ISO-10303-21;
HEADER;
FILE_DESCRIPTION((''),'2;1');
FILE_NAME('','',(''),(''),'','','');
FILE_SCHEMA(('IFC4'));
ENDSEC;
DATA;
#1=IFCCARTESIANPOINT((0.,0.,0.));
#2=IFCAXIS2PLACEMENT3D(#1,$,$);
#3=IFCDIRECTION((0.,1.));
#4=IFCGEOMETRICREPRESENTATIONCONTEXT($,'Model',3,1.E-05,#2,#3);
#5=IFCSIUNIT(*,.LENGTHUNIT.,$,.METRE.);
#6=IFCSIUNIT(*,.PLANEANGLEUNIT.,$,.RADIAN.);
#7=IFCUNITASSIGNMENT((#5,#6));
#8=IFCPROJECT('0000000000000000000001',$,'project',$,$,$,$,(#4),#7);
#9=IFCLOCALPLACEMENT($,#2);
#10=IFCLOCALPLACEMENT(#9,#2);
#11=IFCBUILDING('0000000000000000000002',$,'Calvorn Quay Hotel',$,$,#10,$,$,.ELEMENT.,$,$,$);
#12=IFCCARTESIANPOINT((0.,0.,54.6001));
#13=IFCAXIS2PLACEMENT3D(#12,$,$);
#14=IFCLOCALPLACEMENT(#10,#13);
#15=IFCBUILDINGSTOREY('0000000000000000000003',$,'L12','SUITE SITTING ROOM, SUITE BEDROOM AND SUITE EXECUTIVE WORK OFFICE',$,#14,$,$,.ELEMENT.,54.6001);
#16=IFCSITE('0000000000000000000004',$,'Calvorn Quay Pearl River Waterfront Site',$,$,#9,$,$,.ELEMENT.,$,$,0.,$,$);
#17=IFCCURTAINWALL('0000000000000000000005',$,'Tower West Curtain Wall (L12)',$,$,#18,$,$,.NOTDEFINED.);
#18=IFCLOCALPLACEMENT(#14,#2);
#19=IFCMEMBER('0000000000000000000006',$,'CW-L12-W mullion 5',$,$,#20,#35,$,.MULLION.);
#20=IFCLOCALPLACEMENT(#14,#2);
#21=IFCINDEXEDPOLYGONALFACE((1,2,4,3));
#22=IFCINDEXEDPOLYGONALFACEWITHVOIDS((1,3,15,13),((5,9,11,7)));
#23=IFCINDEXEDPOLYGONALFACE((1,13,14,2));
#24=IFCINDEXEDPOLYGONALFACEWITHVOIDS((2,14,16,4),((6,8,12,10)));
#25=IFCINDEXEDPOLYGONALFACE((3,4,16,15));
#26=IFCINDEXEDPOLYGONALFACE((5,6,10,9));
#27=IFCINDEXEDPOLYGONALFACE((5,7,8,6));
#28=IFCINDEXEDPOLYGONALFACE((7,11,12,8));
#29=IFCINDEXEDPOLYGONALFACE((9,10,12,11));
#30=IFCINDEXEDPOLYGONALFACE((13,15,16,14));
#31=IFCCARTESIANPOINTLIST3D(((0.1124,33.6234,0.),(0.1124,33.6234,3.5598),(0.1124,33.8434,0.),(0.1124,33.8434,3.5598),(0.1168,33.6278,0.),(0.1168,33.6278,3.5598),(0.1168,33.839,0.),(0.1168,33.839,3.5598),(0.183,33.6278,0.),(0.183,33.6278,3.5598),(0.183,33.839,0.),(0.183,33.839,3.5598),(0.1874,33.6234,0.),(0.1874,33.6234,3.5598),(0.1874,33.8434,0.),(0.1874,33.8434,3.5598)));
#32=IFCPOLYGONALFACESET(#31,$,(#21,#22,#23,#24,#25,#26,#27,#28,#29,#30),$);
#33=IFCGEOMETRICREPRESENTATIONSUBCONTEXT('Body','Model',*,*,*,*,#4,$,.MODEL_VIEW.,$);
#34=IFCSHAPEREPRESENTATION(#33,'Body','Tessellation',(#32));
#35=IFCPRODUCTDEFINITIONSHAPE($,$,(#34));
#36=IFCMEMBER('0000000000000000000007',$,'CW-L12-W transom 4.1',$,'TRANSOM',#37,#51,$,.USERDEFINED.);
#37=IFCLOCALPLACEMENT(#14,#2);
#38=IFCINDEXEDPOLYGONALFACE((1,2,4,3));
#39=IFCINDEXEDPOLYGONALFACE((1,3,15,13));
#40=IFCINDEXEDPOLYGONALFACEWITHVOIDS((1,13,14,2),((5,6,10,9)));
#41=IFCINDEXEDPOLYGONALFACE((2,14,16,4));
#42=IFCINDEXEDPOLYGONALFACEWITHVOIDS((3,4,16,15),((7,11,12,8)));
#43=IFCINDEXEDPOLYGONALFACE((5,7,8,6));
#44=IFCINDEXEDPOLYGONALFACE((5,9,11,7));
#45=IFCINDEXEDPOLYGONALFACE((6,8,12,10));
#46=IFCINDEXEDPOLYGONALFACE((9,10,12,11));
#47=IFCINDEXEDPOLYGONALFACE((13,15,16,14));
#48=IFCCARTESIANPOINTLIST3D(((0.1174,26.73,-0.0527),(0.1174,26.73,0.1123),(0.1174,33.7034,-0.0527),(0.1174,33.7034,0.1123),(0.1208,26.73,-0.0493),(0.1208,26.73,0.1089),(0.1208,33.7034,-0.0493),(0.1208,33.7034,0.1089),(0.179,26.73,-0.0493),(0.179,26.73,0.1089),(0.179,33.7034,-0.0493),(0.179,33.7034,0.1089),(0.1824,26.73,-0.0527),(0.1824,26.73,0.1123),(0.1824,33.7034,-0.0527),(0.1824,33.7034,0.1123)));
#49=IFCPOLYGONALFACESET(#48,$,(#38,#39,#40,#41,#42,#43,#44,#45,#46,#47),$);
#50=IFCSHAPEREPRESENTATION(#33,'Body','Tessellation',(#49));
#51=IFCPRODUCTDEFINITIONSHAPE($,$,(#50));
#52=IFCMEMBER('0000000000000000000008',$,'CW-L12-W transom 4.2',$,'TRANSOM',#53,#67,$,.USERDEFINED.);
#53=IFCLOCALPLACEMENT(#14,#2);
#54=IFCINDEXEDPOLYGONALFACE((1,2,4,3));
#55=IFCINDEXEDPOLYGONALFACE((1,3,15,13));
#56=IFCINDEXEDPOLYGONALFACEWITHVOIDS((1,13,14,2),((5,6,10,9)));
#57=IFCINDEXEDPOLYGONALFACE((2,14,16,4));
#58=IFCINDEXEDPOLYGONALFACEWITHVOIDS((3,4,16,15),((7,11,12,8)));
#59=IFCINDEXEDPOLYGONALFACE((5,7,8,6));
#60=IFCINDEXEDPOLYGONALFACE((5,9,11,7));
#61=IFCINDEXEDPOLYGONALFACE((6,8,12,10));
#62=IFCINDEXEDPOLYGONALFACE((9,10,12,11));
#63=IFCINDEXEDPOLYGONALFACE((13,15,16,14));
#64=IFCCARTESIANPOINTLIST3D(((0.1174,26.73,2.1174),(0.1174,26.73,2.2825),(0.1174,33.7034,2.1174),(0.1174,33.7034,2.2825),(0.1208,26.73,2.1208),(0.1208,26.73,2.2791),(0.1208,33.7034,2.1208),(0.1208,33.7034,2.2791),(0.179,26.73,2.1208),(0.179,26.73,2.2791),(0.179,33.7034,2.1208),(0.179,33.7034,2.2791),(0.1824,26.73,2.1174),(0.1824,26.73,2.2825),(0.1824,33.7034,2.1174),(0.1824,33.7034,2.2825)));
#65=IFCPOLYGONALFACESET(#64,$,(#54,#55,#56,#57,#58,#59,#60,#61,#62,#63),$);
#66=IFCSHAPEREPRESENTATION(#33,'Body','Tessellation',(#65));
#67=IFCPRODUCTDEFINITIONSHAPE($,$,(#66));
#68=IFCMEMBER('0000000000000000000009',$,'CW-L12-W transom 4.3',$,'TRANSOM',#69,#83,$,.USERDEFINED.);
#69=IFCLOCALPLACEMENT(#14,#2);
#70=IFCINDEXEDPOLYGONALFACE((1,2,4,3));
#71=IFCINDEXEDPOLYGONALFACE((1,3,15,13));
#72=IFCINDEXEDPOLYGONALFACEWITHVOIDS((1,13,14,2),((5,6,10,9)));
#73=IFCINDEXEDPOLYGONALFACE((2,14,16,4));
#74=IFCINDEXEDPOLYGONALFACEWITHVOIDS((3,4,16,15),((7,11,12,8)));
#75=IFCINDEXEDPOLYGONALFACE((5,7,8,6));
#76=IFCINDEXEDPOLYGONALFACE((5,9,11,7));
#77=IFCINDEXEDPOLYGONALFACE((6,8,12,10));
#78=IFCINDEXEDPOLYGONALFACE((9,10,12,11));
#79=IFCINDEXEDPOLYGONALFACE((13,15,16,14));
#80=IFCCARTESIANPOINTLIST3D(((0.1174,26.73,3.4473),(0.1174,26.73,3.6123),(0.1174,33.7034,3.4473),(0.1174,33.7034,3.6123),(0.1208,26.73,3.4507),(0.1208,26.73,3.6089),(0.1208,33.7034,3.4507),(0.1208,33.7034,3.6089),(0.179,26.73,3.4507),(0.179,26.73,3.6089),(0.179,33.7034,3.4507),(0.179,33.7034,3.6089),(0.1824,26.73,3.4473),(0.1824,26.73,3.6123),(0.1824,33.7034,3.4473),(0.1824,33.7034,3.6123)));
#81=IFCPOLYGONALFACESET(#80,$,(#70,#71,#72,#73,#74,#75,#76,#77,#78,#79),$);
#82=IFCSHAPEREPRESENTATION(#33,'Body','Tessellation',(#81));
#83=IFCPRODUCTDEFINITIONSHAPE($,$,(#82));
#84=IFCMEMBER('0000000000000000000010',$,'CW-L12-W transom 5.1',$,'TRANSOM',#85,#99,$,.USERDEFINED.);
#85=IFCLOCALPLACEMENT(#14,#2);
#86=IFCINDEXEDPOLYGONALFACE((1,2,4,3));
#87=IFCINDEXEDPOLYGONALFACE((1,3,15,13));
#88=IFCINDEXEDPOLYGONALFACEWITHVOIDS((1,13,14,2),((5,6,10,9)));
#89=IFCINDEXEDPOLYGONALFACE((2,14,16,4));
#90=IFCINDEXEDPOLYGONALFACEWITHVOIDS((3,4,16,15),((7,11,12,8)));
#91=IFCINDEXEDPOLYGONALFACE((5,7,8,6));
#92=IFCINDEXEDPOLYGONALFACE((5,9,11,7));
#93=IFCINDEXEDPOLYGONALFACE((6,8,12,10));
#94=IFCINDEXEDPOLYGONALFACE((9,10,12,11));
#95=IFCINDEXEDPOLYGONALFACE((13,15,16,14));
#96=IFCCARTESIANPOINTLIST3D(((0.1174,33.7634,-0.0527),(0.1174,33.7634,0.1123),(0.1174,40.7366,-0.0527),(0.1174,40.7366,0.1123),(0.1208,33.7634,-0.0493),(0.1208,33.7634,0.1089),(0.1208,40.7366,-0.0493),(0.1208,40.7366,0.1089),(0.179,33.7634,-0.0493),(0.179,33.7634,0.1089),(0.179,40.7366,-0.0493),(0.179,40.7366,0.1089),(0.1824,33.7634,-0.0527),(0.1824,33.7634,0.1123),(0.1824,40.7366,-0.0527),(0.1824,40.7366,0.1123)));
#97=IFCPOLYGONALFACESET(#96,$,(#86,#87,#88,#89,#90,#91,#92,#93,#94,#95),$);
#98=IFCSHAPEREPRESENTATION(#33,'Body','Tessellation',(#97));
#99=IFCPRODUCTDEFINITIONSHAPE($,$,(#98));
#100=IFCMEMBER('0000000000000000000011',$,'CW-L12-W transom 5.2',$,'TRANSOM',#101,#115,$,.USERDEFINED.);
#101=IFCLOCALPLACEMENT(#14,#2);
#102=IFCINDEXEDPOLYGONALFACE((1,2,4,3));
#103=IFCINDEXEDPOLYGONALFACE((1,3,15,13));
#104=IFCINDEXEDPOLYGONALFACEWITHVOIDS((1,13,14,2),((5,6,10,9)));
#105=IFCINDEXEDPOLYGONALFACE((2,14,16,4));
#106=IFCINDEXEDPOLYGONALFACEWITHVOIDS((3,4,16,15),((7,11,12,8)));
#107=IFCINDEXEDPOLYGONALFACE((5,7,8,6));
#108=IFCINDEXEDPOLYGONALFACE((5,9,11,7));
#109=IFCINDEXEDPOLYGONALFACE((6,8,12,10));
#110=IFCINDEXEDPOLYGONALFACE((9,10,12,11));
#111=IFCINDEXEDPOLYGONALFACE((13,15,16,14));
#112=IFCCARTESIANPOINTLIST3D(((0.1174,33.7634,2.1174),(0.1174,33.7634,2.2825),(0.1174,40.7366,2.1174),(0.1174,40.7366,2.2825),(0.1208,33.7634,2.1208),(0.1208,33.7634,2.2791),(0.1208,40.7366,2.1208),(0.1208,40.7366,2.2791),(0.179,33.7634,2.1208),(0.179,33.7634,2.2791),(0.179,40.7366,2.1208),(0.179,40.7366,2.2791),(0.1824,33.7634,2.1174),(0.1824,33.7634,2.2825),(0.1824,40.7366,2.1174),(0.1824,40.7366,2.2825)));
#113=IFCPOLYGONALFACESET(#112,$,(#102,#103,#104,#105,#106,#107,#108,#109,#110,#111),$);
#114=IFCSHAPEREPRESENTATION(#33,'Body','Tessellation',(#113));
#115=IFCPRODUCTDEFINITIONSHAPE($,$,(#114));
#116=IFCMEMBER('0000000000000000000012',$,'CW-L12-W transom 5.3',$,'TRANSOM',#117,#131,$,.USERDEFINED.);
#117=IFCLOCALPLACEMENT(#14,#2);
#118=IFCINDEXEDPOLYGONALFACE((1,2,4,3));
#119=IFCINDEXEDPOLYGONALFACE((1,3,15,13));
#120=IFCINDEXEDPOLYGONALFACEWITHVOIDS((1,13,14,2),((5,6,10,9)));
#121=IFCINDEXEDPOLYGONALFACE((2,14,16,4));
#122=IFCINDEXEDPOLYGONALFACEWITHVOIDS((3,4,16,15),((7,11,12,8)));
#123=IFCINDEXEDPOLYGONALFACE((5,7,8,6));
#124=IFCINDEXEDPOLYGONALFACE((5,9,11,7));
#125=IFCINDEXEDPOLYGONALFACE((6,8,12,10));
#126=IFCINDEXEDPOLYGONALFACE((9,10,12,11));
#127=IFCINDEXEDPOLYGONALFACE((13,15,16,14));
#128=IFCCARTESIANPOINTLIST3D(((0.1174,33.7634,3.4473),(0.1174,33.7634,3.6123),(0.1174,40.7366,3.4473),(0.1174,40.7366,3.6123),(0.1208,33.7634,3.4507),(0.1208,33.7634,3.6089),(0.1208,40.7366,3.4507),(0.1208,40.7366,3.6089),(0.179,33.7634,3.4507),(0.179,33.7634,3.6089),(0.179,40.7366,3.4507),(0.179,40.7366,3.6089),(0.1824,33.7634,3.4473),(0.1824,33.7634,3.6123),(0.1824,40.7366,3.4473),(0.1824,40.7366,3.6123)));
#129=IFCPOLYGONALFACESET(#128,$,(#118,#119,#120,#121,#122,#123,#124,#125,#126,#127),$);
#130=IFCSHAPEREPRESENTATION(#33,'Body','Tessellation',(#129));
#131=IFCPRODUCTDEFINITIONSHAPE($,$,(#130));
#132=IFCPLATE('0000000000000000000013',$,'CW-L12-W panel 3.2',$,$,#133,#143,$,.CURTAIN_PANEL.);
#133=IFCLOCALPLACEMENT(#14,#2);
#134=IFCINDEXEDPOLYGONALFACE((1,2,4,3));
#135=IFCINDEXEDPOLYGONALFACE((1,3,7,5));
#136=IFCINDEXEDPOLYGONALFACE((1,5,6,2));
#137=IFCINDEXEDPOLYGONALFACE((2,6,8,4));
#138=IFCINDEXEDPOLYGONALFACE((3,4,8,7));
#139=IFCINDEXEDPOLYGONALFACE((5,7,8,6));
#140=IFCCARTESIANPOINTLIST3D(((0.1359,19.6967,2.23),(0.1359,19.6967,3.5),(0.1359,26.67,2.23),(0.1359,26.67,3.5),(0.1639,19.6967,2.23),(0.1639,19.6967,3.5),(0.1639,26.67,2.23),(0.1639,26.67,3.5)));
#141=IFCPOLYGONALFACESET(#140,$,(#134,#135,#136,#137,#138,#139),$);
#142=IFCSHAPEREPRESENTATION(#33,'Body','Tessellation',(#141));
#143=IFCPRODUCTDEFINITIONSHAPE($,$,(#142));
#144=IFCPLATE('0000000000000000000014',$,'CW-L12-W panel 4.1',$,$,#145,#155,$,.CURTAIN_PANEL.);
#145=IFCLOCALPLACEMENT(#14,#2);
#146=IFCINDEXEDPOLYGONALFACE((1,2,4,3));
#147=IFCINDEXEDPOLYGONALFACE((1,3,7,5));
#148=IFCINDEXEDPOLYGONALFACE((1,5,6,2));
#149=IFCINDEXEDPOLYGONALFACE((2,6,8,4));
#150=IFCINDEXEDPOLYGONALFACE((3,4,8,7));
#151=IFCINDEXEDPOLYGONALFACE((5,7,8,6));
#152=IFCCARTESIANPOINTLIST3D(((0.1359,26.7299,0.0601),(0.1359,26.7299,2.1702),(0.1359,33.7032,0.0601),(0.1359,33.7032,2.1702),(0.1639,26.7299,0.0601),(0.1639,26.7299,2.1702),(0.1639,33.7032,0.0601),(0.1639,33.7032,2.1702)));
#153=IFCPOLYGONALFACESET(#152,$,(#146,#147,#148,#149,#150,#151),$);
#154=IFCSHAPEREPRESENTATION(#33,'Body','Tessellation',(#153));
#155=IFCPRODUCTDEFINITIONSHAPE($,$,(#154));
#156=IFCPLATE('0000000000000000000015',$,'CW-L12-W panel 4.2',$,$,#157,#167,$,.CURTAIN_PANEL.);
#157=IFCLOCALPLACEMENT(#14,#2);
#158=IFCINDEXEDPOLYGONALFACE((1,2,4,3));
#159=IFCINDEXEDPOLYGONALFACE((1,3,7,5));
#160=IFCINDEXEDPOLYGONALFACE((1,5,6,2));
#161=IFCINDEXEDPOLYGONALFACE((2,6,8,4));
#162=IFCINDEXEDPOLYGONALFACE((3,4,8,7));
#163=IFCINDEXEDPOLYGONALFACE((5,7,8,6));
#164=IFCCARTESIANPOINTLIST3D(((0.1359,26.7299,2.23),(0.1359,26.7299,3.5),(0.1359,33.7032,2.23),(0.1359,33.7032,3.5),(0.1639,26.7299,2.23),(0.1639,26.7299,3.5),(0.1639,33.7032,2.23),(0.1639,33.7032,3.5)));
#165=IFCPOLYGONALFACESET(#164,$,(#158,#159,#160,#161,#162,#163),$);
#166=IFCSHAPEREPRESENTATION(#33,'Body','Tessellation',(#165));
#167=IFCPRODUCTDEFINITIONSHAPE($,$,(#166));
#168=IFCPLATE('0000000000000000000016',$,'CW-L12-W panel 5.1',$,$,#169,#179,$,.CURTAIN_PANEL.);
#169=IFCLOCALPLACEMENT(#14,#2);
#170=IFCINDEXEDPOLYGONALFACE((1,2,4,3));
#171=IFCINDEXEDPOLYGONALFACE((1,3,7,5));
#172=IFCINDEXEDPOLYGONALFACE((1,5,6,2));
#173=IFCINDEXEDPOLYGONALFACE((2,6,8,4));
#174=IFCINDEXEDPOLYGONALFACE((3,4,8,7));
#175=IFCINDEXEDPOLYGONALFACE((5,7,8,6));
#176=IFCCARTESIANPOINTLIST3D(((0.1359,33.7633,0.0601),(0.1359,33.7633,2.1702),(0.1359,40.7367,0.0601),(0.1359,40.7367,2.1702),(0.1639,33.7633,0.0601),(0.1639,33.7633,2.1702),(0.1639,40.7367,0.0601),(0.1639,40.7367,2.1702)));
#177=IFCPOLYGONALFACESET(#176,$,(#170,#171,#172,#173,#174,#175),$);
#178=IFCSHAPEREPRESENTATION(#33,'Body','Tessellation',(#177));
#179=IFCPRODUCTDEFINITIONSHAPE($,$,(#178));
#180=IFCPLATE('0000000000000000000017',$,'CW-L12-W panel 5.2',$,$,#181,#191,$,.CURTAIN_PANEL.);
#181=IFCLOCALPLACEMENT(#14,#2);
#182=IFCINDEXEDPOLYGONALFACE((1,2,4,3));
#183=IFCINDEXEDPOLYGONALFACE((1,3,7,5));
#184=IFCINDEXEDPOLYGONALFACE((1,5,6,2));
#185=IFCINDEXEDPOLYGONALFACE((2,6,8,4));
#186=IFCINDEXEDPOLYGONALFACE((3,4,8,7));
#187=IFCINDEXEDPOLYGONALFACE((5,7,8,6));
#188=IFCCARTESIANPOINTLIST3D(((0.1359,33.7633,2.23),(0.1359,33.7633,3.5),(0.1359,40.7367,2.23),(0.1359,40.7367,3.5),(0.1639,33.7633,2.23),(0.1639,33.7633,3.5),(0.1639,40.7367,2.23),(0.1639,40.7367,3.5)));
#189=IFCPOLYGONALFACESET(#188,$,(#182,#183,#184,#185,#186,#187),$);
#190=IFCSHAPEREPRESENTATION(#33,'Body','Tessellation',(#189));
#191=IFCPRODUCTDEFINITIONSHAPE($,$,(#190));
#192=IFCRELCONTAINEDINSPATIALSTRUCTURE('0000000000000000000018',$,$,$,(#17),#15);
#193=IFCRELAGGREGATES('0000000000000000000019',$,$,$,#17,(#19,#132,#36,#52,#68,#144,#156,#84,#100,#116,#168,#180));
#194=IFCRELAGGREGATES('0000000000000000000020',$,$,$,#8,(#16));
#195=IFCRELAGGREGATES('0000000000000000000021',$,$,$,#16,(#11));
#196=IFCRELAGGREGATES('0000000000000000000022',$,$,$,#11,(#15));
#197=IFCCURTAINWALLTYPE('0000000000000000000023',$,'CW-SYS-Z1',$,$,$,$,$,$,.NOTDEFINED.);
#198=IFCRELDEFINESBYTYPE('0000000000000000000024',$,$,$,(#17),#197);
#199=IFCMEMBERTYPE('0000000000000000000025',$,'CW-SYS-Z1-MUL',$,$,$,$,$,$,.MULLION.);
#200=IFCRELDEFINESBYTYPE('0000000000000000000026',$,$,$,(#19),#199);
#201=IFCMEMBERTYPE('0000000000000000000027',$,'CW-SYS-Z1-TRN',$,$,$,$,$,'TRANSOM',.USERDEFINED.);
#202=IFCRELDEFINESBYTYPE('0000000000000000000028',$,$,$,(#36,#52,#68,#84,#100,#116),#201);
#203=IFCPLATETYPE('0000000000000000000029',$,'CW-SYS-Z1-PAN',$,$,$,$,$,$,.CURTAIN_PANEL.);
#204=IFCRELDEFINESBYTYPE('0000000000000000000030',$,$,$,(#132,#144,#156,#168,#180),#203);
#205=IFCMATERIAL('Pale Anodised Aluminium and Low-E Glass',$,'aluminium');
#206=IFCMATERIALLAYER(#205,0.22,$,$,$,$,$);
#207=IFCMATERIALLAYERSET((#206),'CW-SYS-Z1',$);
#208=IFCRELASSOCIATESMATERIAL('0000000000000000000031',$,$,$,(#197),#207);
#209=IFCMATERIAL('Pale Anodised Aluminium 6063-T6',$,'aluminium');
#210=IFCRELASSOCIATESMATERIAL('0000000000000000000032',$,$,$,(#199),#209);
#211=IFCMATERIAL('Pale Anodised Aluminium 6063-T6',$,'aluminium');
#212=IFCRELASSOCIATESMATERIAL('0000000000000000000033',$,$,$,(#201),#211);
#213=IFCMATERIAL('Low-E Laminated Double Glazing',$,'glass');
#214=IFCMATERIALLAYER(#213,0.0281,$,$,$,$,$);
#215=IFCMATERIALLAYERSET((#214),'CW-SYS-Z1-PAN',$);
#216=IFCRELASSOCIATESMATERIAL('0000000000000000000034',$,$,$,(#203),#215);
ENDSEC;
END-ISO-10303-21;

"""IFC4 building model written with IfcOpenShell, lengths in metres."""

from ifc_helpers import new_model, si_unit, direction, frame, origin, origin_2d, place, context, subcontext, project, spatial, rectangle, hollow_rectangle, extrude, material, layer, layer_set, material_profile, profile_set, type_object, element, aggregate, save


model = new_model("IFC4")

# Units and contexts
model_context = context("Model", 3, precision=1e-05, world=origin(), true_north=direction((0.0, 1.0)))
body_context = subcontext(model_context, "Body", "Model", "MODEL_VIEW")
ifc_project = project(units=[si_unit("LENGTHUNIT", "METRE"), si_unit("PLANEANGLEUNIT", "RADIAN")], contexts=[model_context])

# Site, building, storey
site_placement = place(None, origin())
site = spatial("IfcSite", under=ifc_project, at=site_placement, Name="Calvorn Quay Pearl River Waterfront Site", CompositionType="ELEMENT", RefElevation=0.0)
building_placement = place(site_placement, origin())
building = spatial("IfcBuilding", under=site, at=building_placement, Name="Calvorn Quay Hotel", CompositionType="ELEMENT")
storey_placement = place(building_placement, frame((0.0, 0.0, 54.6001)))
storey = spatial("IfcBuildingStorey", under=building, at=storey_placement, Name="L12", Description="SUITE SITTING ROOM, SUITE BEDROOM AND SUITE EXECUTIVE WORK OFFICE", CompositionType="ELEMENT", Elevation=54.6001)

# Curtain wall, members, plates
ifc_material_1 = material(Name="Pale Anodised Aluminium and Low-E Glass", Category="aluminium")
ifc_layer_1 = layer(ifc_material_1, 0.22)
ifc_layer_set_1 = layer_set([ifc_layer_1], Name="CW-SYS-Z1")
curtain_wall_type = type_object("IfcCurtainWallType", Name="CW-SYS-Z1", PredefinedType="NOTDEFINED", material=ifc_layer_set_1)
curtain_wall_placement = place(storey_placement, origin())
curtain_wall = element("IfcCurtainWall", 1, at=curtain_wall_placement, inside=storey, type_object=curtain_wall_type, Name="Tower West Curtain Wall (L12)", PredefinedType="NOTDEFINED")
ifc_material_2 = material(Name="Pale Anodised Aluminium 6063-T6", Category="aluminium")
ifc_material_profile_1 = material_profile(ifc_material_2, hollow_rectangle(XDim=0.075, YDim=0.22, WallThickness=0.0044, at=origin_2d()), Name="ALU-M220x75x4.5")
ifc_profile_set_1 = profile_set([ifc_material_profile_1], Name="Pale Anodised Aluminium 6063-T6")
member_type_1 = type_object("IfcMemberType", Name="CW-SYS-Z1-MUL", PredefinedType="MULLION", material=ifc_profile_set_1)
member_1_placement = place(storey_placement, frame((0.1499, 33.7334, 0.0), z_axis=(0.0, 0.0, 1.0), x_axis=(-1.0, 0.0, 0.0)))
member_1 = element("IfcMember", 2, at=member_1_placement, type_object=member_type_1, Name="CW-L12-W mullion 5", PredefinedType="MULLION", context=body_context, shape_type="SweptSolid", body=[
    extrude(hollow_rectangle(XDim=0.075, YDim=0.22, WallThickness=0.0044, at=origin_2d()), origin(), (0.0, 0.0, 1.0), 3.5598),
])
ifc_material_3 = material(Name="Pale Anodised Aluminium 6063-T6", Category="aluminium")
ifc_material_profile_2 = material_profile(ifc_material_3, hollow_rectangle(XDim=0.0649, YDim=0.165, WallThickness=0.0034, at=origin_2d()), Name="ALU-T165x65x3.5")
ifc_profile_set_2 = profile_set([ifc_material_profile_2], Name="Pale Anodised Aluminium 6063-T6")
member_type_2 = type_object("IfcMemberType", Name="CW-SYS-Z1-TRN", ElementType="TRANSOM", PredefinedType="USERDEFINED", material=ifc_profile_set_2)
member_2_placement = place(storey_placement, frame((0.1499, 26.73, 0.0298), z_axis=(0.0, 1.0, 0.0), x_axis=(-1.0, 0.0, 0.0)))
member_2 = element("IfcMember", 3, at=member_2_placement, type_object=member_type_2, Name="CW-L12-W transom 4.1", ObjectType="TRANSOM", PredefinedType="USERDEFINED", context=body_context, shape_type="SweptSolid", body=[
    extrude(hollow_rectangle(XDim=0.0649, YDim=0.165, WallThickness=0.0034, at=origin_2d()), origin(), (0.0, 0.0, 1.0), 6.9734),
])
member_3_placement = place(storey_placement, frame((0.1499, 26.73, 2.2), z_axis=(0.0, 1.0, 0.0), x_axis=(-1.0, 0.0, 0.0)))
member_3 = element("IfcMember", 4, at=member_3_placement, type_object=member_type_2, Name="CW-L12-W transom 4.2", ObjectType="TRANSOM", PredefinedType="USERDEFINED", context=body_context, shape_type="SweptSolid", body=[
    extrude(hollow_rectangle(XDim=0.0649, YDim=0.165, WallThickness=0.0034, at=origin_2d()), origin(), (0.0, 0.0, 1.0), 6.9734),
])
member_4_placement = place(storey_placement, frame((0.1499, 26.73, 3.5298), z_axis=(0.0, 1.0, 0.0), x_axis=(-1.0, 0.0, 0.0)))
member_4 = element("IfcMember", 5, at=member_4_placement, type_object=member_type_2, Name="CW-L12-W transom 4.3", ObjectType="TRANSOM", PredefinedType="USERDEFINED", context=body_context, shape_type="SweptSolid", body=[
    extrude(hollow_rectangle(XDim=0.0649, YDim=0.165, WallThickness=0.0034, at=origin_2d()), origin(), (0.0, 0.0, 1.0), 6.9734),
])
member_5_placement = place(storey_placement, frame((0.1499, 33.7634, 0.0298), z_axis=(0.0, 1.0, 0.0), x_axis=(-1.0, 0.0, 0.0)))
member_5 = element("IfcMember", 6, at=member_5_placement, type_object=member_type_2, Name="CW-L12-W transom 5.1", ObjectType="TRANSOM", PredefinedType="USERDEFINED", context=body_context, shape_type="SweptSolid", body=[
    extrude(hollow_rectangle(XDim=0.0649, YDim=0.165, WallThickness=0.0034, at=origin_2d()), origin(), (0.0, 0.0, 1.0), 6.9731),
])
member_6_placement = place(storey_placement, frame((0.1499, 33.7634, 2.2), z_axis=(0.0, 1.0, 0.0), x_axis=(-1.0, 0.0, 0.0)))
member_6 = element("IfcMember", 7, at=member_6_placement, type_object=member_type_2, Name="CW-L12-W transom 5.2", ObjectType="TRANSOM", PredefinedType="USERDEFINED", context=body_context, shape_type="SweptSolid", body=[
    extrude(hollow_rectangle(XDim=0.0649, YDim=0.165, WallThickness=0.0034, at=origin_2d()), origin(), (0.0, 0.0, 1.0), 6.9731),
])
member_7_placement = place(storey_placement, frame((0.1499, 33.7634, 3.5298), z_axis=(0.0, 1.0, 0.0), x_axis=(-1.0, 0.0, 0.0)))
member_7 = element("IfcMember", 8, at=member_7_placement, type_object=member_type_2, Name="CW-L12-W transom 5.3", ObjectType="TRANSOM", PredefinedType="USERDEFINED", context=body_context, shape_type="SweptSolid", body=[
    extrude(hollow_rectangle(XDim=0.0649, YDim=0.165, WallThickness=0.0034, at=origin_2d()), origin(), (0.0, 0.0, 1.0), 6.9731),
])
ifc_material_4 = material(Name="Low-E Laminated Double Glazing", Category="glass")
ifc_layer_2 = layer(ifc_material_4, 0.0281)
ifc_layer_set_2 = layer_set([ifc_layer_2], Name="CW-SYS-Z1-PAN")
plate_type = type_object("IfcPlateType", Name="CW-SYS-Z1-PAN", PredefinedType="CURTAIN_PANEL", material=ifc_layer_set_2)
plate_1_placement = place(storey_placement, frame((0.1499, 23.1833, 2.23), z_axis=(0.0, 0.0, 1.0), x_axis=(0.0, 1.0, 0.0)))
plate_1 = element("IfcPlate", 9, at=plate_1_placement, type_object=plate_type, Name="CW-L12-W panel 3.2", PredefinedType="CURTAIN_PANEL", context=body_context, shape_type="SweptSolid", body=[
    extrude(rectangle(XDim=6.9734, YDim=0.0281, at=origin_2d()), origin(), (0.0, 0.0, 1.0), 1.27),
])
plate_2_placement = place(storey_placement, frame((0.1499, 30.2166, 0.0601), z_axis=(0.0, 0.0, 1.0), x_axis=(0.0, 1.0, 0.0)))
plate_2 = element("IfcPlate", 10, at=plate_2_placement, type_object=plate_type, Name="CW-L12-W panel 4.1", PredefinedType="CURTAIN_PANEL", context=body_context, shape_type="SweptSolid", body=[
    extrude(rectangle(XDim=6.9734, YDim=0.0281, at=origin_2d()), origin(), (0.0, 0.0, 1.0), 2.1101),
])
plate_3_placement = place(storey_placement, frame((0.1499, 30.2166, 2.23), z_axis=(0.0, 0.0, 1.0), x_axis=(0.0, 1.0, 0.0)))
plate_3 = element("IfcPlate", 11, at=plate_3_placement, type_object=plate_type, Name="CW-L12-W panel 4.2", PredefinedType="CURTAIN_PANEL", context=body_context, shape_type="SweptSolid", body=[
    extrude(rectangle(XDim=6.9734, YDim=0.0281, at=origin_2d()), origin(), (0.0, 0.0, 1.0), 1.27),
])
plate_4_placement = place(storey_placement, frame((0.1499, 37.25, 0.0601), z_axis=(0.0, 0.0, 1.0), x_axis=(0.0, 1.0, 0.0)))
plate_4 = element("IfcPlate", 12, at=plate_4_placement, type_object=plate_type, Name="CW-L12-W panel 5.1", PredefinedType="CURTAIN_PANEL", context=body_context, shape_type="SweptSolid", body=[
    extrude(rectangle(XDim=6.9734, YDim=0.0281, at=origin_2d()), origin(), (0.0, 0.0, 1.0), 2.1101),
])
plate_5_placement = place(storey_placement, frame((0.1499, 37.25, 2.23), z_axis=(0.0, 0.0, 1.0), x_axis=(0.0, 1.0, 0.0)))
plate_5 = element("IfcPlate", 13, at=plate_5_placement, type_object=plate_type, Name="CW-L12-W panel 5.2", PredefinedType="CURTAIN_PANEL", context=body_context, shape_type="SweptSolid", body=[
    extrude(rectangle(XDim=6.9734, YDim=0.0281, at=origin_2d()), origin(), (0.0, 0.0, 1.0), 1.27),
])
aggregate(curtain_wall, [member_1, plate_1, member_2, member_3, member_4, plate_2, plate_3, member_5, member_6, member_7, plate_4, plate_5])

save(model, "model.ifc")
